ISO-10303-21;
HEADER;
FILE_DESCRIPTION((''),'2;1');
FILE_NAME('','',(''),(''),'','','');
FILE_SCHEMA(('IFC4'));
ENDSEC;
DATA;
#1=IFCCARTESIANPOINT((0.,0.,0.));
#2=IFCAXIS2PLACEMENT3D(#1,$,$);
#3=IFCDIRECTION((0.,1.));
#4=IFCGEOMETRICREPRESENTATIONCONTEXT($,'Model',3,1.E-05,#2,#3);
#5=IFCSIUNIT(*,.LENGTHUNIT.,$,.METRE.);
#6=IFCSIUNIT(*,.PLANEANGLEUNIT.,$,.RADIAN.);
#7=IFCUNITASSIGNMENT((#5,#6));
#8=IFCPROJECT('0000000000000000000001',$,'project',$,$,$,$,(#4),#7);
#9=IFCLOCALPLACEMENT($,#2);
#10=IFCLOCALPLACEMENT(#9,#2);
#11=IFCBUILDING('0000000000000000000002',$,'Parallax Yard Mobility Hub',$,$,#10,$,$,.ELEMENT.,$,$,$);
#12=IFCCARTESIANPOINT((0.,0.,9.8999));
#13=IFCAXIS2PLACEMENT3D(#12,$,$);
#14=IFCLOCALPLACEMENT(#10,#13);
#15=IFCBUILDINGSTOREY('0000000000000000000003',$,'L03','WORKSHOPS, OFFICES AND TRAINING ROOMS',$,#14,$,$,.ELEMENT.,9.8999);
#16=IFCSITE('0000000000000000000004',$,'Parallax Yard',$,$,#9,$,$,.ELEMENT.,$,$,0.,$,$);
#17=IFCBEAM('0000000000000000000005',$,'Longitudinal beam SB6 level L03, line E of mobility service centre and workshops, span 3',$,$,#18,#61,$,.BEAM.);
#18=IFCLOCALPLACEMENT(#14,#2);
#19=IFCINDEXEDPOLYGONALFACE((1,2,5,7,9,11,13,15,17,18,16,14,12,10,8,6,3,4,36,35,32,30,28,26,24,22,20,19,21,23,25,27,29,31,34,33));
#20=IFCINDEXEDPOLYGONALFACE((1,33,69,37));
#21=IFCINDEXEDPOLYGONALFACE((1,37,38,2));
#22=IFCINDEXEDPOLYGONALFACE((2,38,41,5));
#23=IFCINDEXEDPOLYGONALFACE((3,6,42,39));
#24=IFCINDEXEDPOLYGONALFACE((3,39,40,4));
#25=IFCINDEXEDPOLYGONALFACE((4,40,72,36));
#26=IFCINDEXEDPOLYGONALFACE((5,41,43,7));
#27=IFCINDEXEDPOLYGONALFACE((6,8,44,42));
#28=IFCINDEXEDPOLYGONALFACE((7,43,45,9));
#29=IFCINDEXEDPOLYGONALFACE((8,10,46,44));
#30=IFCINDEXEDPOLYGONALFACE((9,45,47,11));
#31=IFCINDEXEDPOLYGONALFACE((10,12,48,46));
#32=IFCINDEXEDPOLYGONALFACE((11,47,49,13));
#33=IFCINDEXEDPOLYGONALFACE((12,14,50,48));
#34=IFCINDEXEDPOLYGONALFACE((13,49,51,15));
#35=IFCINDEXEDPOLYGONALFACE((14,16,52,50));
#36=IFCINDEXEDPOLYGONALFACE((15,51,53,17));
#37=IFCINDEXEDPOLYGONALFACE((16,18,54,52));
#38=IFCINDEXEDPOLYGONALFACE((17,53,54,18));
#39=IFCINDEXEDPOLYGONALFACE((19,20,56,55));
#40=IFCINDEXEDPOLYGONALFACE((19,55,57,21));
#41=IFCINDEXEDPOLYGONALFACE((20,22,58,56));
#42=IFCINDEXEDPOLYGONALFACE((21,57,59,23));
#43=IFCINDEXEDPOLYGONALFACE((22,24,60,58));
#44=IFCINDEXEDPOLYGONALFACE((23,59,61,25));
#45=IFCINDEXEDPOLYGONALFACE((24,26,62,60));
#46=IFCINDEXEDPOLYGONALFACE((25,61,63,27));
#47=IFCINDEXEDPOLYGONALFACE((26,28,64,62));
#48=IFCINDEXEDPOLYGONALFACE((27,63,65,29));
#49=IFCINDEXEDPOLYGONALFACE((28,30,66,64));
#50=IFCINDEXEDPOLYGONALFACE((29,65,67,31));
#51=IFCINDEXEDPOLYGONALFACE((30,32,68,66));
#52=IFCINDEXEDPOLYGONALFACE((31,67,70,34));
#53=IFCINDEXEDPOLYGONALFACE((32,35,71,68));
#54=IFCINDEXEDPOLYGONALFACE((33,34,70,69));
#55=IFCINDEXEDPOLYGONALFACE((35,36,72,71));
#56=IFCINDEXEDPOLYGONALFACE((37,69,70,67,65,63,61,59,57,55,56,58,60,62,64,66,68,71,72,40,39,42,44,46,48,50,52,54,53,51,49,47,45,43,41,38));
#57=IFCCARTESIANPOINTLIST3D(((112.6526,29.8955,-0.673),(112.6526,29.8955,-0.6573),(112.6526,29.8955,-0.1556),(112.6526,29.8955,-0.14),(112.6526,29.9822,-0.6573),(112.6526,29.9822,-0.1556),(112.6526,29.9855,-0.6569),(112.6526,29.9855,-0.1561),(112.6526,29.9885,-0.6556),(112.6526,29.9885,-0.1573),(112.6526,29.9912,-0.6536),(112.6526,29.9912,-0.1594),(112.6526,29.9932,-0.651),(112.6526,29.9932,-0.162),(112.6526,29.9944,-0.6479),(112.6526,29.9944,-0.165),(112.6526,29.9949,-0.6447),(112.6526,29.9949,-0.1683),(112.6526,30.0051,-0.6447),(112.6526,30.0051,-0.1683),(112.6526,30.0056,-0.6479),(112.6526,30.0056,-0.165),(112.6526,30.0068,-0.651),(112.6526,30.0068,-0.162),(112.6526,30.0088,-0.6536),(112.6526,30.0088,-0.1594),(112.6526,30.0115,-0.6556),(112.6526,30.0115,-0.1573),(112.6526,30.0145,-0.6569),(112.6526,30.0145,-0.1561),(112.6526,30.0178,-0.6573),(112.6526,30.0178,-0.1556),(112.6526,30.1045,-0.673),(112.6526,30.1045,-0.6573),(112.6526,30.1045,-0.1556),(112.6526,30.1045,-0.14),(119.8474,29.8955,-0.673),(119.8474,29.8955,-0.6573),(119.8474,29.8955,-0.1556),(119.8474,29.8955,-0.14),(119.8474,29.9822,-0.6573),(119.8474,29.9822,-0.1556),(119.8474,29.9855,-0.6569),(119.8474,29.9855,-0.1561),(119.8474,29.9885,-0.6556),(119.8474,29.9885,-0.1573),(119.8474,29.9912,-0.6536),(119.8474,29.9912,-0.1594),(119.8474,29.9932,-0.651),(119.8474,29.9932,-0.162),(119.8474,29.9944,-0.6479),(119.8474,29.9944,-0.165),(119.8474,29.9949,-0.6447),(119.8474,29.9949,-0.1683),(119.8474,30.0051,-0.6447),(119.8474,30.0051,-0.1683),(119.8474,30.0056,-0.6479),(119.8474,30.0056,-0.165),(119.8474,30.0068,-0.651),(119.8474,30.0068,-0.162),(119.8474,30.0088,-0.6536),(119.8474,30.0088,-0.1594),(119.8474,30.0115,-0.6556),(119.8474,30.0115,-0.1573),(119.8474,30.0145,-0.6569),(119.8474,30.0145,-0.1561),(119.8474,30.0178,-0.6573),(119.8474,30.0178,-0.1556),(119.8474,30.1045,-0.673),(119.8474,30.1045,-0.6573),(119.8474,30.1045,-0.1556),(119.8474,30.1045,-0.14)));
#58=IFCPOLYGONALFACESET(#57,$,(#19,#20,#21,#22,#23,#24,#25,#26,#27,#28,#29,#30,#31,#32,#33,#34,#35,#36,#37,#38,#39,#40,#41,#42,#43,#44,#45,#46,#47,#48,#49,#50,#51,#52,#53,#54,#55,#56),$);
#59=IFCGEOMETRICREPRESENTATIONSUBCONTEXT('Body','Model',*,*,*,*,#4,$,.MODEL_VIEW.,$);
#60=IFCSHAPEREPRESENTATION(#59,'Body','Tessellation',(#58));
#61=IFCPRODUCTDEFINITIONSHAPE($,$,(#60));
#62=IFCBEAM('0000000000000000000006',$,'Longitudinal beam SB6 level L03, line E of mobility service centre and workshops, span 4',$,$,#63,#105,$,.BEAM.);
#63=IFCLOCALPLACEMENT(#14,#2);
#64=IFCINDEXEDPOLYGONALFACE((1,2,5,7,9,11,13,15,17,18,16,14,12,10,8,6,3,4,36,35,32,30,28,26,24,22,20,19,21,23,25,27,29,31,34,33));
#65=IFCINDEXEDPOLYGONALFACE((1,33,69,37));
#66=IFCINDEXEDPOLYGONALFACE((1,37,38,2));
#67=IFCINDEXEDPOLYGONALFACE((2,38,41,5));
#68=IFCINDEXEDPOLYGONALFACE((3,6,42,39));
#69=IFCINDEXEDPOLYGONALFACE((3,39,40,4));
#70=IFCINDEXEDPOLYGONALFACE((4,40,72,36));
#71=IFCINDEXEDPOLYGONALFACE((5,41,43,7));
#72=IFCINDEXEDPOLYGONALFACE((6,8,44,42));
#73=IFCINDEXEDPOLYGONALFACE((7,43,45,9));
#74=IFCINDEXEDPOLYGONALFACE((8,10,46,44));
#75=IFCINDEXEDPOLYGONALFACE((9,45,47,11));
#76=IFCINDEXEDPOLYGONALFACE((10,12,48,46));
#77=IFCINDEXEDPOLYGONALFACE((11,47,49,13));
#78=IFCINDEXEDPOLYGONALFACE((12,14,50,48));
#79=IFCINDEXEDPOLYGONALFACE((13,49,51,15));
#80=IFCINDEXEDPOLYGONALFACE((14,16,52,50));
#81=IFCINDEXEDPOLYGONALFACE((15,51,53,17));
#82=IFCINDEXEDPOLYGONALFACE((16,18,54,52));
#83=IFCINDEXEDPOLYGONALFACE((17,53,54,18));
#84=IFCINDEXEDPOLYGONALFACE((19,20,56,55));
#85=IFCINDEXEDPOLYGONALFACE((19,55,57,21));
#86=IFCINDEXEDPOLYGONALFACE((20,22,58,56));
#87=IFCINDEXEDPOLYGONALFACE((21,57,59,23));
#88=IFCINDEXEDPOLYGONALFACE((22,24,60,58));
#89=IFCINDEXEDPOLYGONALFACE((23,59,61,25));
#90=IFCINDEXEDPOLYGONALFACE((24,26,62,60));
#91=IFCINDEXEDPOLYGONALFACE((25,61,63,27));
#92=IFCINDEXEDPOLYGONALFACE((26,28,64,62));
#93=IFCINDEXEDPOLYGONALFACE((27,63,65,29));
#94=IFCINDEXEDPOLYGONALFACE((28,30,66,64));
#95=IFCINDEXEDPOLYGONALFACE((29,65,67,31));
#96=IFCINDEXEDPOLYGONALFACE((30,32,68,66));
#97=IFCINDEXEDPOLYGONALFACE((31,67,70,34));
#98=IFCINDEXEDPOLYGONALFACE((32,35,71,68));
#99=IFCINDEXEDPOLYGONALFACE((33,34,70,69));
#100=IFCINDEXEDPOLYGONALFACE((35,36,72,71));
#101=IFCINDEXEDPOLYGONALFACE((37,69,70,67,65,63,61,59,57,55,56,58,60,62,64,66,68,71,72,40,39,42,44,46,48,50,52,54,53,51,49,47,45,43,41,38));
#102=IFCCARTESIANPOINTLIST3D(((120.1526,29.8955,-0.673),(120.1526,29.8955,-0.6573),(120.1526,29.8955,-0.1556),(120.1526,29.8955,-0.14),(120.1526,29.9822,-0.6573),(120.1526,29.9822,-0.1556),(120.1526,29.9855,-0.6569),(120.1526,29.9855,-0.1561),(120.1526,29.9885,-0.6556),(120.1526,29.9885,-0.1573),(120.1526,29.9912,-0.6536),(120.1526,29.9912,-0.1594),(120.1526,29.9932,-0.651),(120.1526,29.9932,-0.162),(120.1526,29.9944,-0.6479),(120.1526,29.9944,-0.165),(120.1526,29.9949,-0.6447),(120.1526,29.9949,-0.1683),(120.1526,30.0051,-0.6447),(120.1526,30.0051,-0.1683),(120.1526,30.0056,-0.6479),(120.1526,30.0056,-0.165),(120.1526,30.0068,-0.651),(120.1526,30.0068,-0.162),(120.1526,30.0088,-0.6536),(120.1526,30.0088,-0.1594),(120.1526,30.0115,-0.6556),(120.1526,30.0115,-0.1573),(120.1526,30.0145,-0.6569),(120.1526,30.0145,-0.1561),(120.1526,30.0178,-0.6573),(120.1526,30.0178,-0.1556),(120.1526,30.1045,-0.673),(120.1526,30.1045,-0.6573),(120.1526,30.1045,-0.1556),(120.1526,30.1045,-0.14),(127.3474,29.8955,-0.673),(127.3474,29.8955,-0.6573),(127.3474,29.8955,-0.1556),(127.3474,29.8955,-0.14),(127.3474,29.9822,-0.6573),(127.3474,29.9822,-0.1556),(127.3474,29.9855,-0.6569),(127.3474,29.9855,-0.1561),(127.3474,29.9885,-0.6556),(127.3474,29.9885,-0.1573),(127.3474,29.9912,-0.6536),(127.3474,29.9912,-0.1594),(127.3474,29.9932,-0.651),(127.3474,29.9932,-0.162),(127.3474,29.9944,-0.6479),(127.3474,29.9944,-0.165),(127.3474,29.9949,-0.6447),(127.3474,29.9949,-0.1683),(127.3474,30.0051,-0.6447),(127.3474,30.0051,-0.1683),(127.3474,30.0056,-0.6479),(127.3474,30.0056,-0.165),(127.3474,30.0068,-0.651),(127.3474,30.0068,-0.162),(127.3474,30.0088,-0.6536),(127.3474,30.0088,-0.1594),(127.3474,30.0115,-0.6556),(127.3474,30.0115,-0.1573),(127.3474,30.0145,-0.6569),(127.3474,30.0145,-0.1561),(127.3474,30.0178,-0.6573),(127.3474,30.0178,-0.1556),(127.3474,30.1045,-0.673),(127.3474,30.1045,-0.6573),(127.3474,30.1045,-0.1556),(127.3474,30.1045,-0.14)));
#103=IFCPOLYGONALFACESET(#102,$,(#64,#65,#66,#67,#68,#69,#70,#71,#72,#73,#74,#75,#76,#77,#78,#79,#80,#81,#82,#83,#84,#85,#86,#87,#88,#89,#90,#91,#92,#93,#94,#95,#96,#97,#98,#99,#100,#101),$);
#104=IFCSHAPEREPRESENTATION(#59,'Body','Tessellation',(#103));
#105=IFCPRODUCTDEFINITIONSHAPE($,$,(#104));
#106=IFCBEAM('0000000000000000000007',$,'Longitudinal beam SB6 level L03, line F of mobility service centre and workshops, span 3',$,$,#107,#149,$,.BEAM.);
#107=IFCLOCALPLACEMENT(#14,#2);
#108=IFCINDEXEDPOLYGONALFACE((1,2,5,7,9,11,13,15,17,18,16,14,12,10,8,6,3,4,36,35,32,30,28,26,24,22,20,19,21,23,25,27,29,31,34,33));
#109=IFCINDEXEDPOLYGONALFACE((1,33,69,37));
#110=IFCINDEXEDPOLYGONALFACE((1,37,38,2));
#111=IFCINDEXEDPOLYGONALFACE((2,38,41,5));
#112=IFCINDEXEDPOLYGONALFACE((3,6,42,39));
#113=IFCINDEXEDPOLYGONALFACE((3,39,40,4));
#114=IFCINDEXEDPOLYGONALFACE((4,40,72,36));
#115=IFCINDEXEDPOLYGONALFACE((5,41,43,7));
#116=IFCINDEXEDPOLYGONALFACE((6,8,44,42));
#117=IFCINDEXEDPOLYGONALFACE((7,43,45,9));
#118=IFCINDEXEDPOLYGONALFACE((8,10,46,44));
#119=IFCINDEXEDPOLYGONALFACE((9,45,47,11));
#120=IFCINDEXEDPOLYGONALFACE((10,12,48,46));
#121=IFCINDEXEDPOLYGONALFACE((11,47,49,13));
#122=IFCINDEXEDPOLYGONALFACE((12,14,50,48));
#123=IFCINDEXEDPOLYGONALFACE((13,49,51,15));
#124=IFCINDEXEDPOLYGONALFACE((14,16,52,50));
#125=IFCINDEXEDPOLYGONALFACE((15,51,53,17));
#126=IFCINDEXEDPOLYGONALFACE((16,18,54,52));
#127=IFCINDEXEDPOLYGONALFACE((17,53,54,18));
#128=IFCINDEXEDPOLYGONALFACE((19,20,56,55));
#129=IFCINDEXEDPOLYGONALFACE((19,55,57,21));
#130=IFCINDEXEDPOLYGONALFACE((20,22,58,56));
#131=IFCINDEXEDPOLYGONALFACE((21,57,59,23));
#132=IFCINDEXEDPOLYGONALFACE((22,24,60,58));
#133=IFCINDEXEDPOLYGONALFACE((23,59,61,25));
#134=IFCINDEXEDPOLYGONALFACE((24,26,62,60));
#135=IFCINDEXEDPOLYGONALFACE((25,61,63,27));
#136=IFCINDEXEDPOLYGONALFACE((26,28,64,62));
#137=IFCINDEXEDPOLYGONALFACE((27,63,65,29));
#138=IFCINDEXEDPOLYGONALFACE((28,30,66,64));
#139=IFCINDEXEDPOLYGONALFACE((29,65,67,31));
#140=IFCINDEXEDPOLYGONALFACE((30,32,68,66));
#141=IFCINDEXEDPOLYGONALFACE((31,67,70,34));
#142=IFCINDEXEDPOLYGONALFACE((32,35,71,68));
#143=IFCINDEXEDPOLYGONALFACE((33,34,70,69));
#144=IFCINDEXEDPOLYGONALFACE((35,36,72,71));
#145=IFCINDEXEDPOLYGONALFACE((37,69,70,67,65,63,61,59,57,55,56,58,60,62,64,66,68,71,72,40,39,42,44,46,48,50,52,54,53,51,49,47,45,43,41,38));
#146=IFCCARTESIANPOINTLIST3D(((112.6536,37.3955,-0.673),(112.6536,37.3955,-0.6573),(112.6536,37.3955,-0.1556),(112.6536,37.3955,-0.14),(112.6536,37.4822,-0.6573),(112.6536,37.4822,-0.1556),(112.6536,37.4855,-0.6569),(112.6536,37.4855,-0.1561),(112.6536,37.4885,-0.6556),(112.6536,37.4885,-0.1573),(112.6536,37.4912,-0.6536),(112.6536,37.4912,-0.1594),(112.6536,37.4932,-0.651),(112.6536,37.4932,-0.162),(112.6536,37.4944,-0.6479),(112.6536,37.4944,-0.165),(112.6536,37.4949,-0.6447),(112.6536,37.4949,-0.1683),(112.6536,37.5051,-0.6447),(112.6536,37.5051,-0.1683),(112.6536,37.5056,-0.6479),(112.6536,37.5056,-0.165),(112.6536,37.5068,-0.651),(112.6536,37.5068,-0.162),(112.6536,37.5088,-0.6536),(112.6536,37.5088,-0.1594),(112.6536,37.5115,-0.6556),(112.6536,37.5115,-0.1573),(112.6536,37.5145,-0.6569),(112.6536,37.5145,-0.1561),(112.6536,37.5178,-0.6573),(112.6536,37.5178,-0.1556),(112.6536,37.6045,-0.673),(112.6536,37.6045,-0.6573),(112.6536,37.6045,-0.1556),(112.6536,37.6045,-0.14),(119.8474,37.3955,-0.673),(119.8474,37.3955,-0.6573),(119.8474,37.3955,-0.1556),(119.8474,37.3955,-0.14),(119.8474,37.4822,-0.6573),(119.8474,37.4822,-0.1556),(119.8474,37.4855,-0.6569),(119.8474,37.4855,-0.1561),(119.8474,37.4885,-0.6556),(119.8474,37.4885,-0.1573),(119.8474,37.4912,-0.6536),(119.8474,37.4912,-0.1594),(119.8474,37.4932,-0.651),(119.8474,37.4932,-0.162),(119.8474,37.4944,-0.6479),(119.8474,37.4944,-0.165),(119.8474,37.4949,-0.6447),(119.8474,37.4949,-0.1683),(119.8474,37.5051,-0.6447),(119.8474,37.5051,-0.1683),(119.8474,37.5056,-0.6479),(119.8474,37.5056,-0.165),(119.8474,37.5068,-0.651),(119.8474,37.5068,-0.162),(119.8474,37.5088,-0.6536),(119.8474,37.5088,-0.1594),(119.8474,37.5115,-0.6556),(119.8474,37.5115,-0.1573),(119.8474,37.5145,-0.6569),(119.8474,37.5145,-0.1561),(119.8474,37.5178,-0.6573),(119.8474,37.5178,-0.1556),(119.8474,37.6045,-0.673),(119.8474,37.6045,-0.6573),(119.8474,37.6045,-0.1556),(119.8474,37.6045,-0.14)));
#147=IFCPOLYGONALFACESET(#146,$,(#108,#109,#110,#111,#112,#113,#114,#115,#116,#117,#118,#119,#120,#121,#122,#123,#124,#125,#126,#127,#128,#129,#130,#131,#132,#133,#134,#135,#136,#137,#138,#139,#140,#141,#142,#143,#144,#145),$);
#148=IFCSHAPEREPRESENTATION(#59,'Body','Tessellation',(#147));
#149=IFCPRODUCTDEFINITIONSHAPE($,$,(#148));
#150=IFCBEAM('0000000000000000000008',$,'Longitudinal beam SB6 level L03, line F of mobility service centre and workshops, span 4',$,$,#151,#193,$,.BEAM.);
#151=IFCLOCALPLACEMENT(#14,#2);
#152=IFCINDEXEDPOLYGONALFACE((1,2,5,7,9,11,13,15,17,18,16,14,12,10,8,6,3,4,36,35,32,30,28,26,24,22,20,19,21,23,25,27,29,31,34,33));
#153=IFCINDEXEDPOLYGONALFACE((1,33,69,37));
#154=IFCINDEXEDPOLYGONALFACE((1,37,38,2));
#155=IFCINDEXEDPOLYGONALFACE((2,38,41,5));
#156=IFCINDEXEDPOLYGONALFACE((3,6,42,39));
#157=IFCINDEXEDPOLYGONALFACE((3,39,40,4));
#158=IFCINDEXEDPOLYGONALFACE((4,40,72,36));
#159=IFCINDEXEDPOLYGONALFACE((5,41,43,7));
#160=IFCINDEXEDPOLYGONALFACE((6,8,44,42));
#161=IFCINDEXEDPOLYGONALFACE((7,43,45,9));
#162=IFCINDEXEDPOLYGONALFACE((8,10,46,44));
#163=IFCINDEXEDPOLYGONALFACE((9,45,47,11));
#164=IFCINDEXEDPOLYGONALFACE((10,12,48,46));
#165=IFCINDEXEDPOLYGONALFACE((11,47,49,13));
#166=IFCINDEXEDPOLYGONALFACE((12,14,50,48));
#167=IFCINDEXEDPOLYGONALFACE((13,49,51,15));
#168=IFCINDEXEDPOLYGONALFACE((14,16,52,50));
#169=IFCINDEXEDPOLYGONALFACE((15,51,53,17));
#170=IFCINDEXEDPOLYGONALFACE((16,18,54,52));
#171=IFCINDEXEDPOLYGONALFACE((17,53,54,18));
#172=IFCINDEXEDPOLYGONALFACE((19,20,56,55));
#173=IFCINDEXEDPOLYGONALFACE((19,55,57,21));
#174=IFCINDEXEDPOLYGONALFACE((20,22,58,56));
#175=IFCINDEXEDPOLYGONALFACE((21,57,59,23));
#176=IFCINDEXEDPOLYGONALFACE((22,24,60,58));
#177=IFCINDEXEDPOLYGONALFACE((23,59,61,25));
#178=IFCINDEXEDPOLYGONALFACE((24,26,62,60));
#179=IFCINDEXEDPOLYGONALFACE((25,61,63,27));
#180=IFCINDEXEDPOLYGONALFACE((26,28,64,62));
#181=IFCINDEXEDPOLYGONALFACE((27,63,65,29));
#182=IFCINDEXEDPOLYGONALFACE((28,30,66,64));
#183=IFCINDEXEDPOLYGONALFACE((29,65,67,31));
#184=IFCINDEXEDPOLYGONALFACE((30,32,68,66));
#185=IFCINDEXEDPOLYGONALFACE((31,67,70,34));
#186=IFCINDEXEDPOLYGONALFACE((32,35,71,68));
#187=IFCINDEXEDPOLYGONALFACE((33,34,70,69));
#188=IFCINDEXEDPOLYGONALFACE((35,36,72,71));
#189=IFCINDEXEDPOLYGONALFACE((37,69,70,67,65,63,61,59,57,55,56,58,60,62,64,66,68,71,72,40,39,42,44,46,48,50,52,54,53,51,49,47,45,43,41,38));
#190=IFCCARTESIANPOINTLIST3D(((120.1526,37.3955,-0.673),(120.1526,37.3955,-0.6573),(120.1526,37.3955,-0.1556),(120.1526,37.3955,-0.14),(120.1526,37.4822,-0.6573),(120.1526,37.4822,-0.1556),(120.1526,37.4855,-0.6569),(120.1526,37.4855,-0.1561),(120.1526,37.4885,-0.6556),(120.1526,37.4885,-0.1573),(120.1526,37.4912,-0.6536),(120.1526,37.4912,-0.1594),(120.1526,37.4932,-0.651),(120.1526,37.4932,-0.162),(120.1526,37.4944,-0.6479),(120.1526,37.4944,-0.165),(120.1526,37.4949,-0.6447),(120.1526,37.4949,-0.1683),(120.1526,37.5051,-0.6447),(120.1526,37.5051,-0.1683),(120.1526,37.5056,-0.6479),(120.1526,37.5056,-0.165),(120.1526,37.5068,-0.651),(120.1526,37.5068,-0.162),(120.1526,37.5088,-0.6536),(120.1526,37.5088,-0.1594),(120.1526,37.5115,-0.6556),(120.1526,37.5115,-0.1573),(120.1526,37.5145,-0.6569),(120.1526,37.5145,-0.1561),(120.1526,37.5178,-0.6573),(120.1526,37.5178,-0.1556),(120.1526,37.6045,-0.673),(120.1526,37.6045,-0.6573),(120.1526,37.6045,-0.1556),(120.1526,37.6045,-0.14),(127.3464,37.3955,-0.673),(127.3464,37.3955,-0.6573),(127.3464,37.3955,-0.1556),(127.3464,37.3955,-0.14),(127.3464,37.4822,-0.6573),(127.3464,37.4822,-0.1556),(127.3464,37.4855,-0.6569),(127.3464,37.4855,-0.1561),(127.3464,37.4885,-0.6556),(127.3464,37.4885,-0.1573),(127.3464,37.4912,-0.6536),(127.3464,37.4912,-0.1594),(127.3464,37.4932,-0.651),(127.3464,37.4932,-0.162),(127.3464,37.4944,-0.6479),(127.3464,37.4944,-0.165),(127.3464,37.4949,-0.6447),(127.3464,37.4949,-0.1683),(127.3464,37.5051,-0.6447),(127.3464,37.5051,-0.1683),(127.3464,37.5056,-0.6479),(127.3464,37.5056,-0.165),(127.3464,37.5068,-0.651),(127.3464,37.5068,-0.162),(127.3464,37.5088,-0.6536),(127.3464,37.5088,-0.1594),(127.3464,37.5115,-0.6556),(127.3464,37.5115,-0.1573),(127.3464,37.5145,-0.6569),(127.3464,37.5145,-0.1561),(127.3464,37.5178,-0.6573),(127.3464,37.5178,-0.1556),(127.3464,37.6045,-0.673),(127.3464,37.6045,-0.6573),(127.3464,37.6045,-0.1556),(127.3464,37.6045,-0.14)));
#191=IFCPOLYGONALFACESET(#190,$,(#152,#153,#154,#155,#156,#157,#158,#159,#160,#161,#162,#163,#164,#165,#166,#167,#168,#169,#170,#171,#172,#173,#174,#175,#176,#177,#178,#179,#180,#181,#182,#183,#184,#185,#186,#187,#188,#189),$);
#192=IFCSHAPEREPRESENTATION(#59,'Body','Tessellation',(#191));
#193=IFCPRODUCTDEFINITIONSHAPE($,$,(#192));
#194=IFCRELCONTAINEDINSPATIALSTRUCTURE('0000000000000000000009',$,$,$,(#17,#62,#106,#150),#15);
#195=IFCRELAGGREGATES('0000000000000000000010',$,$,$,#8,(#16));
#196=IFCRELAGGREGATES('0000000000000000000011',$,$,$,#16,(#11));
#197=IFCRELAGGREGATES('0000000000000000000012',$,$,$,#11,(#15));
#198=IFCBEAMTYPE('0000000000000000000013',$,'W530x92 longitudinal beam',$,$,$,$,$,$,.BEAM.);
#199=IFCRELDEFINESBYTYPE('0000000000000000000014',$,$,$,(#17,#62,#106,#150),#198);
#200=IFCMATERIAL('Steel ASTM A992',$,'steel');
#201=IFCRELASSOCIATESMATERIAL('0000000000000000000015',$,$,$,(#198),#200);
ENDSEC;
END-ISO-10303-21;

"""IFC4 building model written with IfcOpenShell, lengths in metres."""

from ifc_helpers import new_model, si_unit, direction, frame, origin, origin_2d, place, context, subcontext, project, spatial, i_section, extrude, material, material_profile, profile_set, type_object, element, save


model = new_model("IFC4")

# Units and contexts
model_context = context("Model", 3, precision=1e-05, world=origin(), true_north=direction((0.0, 1.0)))
body_context = subcontext(model_context, "Body", "Model", "MODEL_VIEW")
ifc_project = project(units=[si_unit("LENGTHUNIT", "METRE"), si_unit("PLANEANGLEUNIT", "RADIAN")], contexts=[model_context])

# Site, building, storey
site_placement = place(None, origin())
site = spatial("IfcSite", under=ifc_project, at=site_placement, Name="Parallax Yard", CompositionType="ELEMENT", RefElevation=0.0)
building_placement = place(site_placement, origin())
building = spatial("IfcBuilding", under=site, at=building_placement, Name="Parallax Yard Mobility Hub", CompositionType="ELEMENT")
storey_placement = place(building_placement, frame((0.0, 0.0, 9.8999)))
storey = spatial("IfcBuildingStorey", under=building, at=storey_placement, Name="L03", Description="WORKSHOPS, OFFICES AND TRAINING ROOMS", CompositionType="ELEMENT", Elevation=9.8999)

# Shared definitions
ifc_material_1 = material(Name="Steel ASTM A992", Category="steel")

# Beams
ifc_material_profile_1 = material_profile(ifc_material_1, i_section(OverallWidth=0.209, OverallDepth=0.533, WebThickness=0.0103, FlangeThickness=0.0156, FilletRadius=0.0127, at=origin_2d()), Name="W530x92")
ifc_profile_set_1 = profile_set([ifc_material_profile_1], Name="Steel ASTM A992")
beam_type_1 = type_object("IfcBeamType", Name="W530x92 longitudinal beam", PredefinedType="BEAM", material=ifc_profile_set_1)
for number, where, z_axis, x_axis, name in (
    (1, (112.6526, 30.0, -0.4065), (1.0, 0.0, 0.0), (0.0, 1.0, 0.0), "Longitudinal beam SB6 level L03, line E of mobility service centre and workshops, span 3"),
    (2, (120.1526, 30.0, -0.4065), (1.0, 0.0, 0.0), (0.0, 1.0, 0.0), "Longitudinal beam SB6 level L03, line E of mobility service centre and workshops, span 4"),
):
    element("IfcBeam", number, at=place(storey_placement, frame(where, z_axis=z_axis, x_axis=x_axis)), inside=storey, type_object=beam_type_1, Name=name, PredefinedType="BEAM", context=body_context, shape_type="SweptSolid", body=[
        extrude(i_section(OverallWidth=0.209, OverallDepth=0.533, WebThickness=0.0103, FlangeThickness=0.0156, FilletRadius=0.0127, at=origin_2d()), origin(), (0.0, 0.0, 1.0), 7.1948),
    ])
for number, where, z_axis, x_axis, name in (
    (3, (112.6536, 37.5, -0.4065), (1.0, 0.0, 0.0), (0.0, 1.0, 0.0), "Longitudinal beam SB6 level L03, line F of mobility service centre and workshops, span 3"),
    (4, (120.1526, 37.5, -0.4065), (1.0, 0.0, 0.0), (0.0, 1.0, 0.0), "Longitudinal beam SB6 level L03, line F of mobility service centre and workshops, span 4"),
):
    element("IfcBeam", number, at=place(storey_placement, frame(where, z_axis=z_axis, x_axis=x_axis)), inside=storey, type_object=beam_type_1, Name=name, PredefinedType="BEAM", context=body_context, shape_type="SweptSolid", body=[
        extrude(i_section(OverallWidth=0.209, OverallDepth=0.533, WebThickness=0.0103, FlangeThickness=0.0156, FilletRadius=0.0127, at=origin_2d()), origin(), (0.0, 0.0, 1.0), 7.1938),
    ])

save(model, "model.ifc")
